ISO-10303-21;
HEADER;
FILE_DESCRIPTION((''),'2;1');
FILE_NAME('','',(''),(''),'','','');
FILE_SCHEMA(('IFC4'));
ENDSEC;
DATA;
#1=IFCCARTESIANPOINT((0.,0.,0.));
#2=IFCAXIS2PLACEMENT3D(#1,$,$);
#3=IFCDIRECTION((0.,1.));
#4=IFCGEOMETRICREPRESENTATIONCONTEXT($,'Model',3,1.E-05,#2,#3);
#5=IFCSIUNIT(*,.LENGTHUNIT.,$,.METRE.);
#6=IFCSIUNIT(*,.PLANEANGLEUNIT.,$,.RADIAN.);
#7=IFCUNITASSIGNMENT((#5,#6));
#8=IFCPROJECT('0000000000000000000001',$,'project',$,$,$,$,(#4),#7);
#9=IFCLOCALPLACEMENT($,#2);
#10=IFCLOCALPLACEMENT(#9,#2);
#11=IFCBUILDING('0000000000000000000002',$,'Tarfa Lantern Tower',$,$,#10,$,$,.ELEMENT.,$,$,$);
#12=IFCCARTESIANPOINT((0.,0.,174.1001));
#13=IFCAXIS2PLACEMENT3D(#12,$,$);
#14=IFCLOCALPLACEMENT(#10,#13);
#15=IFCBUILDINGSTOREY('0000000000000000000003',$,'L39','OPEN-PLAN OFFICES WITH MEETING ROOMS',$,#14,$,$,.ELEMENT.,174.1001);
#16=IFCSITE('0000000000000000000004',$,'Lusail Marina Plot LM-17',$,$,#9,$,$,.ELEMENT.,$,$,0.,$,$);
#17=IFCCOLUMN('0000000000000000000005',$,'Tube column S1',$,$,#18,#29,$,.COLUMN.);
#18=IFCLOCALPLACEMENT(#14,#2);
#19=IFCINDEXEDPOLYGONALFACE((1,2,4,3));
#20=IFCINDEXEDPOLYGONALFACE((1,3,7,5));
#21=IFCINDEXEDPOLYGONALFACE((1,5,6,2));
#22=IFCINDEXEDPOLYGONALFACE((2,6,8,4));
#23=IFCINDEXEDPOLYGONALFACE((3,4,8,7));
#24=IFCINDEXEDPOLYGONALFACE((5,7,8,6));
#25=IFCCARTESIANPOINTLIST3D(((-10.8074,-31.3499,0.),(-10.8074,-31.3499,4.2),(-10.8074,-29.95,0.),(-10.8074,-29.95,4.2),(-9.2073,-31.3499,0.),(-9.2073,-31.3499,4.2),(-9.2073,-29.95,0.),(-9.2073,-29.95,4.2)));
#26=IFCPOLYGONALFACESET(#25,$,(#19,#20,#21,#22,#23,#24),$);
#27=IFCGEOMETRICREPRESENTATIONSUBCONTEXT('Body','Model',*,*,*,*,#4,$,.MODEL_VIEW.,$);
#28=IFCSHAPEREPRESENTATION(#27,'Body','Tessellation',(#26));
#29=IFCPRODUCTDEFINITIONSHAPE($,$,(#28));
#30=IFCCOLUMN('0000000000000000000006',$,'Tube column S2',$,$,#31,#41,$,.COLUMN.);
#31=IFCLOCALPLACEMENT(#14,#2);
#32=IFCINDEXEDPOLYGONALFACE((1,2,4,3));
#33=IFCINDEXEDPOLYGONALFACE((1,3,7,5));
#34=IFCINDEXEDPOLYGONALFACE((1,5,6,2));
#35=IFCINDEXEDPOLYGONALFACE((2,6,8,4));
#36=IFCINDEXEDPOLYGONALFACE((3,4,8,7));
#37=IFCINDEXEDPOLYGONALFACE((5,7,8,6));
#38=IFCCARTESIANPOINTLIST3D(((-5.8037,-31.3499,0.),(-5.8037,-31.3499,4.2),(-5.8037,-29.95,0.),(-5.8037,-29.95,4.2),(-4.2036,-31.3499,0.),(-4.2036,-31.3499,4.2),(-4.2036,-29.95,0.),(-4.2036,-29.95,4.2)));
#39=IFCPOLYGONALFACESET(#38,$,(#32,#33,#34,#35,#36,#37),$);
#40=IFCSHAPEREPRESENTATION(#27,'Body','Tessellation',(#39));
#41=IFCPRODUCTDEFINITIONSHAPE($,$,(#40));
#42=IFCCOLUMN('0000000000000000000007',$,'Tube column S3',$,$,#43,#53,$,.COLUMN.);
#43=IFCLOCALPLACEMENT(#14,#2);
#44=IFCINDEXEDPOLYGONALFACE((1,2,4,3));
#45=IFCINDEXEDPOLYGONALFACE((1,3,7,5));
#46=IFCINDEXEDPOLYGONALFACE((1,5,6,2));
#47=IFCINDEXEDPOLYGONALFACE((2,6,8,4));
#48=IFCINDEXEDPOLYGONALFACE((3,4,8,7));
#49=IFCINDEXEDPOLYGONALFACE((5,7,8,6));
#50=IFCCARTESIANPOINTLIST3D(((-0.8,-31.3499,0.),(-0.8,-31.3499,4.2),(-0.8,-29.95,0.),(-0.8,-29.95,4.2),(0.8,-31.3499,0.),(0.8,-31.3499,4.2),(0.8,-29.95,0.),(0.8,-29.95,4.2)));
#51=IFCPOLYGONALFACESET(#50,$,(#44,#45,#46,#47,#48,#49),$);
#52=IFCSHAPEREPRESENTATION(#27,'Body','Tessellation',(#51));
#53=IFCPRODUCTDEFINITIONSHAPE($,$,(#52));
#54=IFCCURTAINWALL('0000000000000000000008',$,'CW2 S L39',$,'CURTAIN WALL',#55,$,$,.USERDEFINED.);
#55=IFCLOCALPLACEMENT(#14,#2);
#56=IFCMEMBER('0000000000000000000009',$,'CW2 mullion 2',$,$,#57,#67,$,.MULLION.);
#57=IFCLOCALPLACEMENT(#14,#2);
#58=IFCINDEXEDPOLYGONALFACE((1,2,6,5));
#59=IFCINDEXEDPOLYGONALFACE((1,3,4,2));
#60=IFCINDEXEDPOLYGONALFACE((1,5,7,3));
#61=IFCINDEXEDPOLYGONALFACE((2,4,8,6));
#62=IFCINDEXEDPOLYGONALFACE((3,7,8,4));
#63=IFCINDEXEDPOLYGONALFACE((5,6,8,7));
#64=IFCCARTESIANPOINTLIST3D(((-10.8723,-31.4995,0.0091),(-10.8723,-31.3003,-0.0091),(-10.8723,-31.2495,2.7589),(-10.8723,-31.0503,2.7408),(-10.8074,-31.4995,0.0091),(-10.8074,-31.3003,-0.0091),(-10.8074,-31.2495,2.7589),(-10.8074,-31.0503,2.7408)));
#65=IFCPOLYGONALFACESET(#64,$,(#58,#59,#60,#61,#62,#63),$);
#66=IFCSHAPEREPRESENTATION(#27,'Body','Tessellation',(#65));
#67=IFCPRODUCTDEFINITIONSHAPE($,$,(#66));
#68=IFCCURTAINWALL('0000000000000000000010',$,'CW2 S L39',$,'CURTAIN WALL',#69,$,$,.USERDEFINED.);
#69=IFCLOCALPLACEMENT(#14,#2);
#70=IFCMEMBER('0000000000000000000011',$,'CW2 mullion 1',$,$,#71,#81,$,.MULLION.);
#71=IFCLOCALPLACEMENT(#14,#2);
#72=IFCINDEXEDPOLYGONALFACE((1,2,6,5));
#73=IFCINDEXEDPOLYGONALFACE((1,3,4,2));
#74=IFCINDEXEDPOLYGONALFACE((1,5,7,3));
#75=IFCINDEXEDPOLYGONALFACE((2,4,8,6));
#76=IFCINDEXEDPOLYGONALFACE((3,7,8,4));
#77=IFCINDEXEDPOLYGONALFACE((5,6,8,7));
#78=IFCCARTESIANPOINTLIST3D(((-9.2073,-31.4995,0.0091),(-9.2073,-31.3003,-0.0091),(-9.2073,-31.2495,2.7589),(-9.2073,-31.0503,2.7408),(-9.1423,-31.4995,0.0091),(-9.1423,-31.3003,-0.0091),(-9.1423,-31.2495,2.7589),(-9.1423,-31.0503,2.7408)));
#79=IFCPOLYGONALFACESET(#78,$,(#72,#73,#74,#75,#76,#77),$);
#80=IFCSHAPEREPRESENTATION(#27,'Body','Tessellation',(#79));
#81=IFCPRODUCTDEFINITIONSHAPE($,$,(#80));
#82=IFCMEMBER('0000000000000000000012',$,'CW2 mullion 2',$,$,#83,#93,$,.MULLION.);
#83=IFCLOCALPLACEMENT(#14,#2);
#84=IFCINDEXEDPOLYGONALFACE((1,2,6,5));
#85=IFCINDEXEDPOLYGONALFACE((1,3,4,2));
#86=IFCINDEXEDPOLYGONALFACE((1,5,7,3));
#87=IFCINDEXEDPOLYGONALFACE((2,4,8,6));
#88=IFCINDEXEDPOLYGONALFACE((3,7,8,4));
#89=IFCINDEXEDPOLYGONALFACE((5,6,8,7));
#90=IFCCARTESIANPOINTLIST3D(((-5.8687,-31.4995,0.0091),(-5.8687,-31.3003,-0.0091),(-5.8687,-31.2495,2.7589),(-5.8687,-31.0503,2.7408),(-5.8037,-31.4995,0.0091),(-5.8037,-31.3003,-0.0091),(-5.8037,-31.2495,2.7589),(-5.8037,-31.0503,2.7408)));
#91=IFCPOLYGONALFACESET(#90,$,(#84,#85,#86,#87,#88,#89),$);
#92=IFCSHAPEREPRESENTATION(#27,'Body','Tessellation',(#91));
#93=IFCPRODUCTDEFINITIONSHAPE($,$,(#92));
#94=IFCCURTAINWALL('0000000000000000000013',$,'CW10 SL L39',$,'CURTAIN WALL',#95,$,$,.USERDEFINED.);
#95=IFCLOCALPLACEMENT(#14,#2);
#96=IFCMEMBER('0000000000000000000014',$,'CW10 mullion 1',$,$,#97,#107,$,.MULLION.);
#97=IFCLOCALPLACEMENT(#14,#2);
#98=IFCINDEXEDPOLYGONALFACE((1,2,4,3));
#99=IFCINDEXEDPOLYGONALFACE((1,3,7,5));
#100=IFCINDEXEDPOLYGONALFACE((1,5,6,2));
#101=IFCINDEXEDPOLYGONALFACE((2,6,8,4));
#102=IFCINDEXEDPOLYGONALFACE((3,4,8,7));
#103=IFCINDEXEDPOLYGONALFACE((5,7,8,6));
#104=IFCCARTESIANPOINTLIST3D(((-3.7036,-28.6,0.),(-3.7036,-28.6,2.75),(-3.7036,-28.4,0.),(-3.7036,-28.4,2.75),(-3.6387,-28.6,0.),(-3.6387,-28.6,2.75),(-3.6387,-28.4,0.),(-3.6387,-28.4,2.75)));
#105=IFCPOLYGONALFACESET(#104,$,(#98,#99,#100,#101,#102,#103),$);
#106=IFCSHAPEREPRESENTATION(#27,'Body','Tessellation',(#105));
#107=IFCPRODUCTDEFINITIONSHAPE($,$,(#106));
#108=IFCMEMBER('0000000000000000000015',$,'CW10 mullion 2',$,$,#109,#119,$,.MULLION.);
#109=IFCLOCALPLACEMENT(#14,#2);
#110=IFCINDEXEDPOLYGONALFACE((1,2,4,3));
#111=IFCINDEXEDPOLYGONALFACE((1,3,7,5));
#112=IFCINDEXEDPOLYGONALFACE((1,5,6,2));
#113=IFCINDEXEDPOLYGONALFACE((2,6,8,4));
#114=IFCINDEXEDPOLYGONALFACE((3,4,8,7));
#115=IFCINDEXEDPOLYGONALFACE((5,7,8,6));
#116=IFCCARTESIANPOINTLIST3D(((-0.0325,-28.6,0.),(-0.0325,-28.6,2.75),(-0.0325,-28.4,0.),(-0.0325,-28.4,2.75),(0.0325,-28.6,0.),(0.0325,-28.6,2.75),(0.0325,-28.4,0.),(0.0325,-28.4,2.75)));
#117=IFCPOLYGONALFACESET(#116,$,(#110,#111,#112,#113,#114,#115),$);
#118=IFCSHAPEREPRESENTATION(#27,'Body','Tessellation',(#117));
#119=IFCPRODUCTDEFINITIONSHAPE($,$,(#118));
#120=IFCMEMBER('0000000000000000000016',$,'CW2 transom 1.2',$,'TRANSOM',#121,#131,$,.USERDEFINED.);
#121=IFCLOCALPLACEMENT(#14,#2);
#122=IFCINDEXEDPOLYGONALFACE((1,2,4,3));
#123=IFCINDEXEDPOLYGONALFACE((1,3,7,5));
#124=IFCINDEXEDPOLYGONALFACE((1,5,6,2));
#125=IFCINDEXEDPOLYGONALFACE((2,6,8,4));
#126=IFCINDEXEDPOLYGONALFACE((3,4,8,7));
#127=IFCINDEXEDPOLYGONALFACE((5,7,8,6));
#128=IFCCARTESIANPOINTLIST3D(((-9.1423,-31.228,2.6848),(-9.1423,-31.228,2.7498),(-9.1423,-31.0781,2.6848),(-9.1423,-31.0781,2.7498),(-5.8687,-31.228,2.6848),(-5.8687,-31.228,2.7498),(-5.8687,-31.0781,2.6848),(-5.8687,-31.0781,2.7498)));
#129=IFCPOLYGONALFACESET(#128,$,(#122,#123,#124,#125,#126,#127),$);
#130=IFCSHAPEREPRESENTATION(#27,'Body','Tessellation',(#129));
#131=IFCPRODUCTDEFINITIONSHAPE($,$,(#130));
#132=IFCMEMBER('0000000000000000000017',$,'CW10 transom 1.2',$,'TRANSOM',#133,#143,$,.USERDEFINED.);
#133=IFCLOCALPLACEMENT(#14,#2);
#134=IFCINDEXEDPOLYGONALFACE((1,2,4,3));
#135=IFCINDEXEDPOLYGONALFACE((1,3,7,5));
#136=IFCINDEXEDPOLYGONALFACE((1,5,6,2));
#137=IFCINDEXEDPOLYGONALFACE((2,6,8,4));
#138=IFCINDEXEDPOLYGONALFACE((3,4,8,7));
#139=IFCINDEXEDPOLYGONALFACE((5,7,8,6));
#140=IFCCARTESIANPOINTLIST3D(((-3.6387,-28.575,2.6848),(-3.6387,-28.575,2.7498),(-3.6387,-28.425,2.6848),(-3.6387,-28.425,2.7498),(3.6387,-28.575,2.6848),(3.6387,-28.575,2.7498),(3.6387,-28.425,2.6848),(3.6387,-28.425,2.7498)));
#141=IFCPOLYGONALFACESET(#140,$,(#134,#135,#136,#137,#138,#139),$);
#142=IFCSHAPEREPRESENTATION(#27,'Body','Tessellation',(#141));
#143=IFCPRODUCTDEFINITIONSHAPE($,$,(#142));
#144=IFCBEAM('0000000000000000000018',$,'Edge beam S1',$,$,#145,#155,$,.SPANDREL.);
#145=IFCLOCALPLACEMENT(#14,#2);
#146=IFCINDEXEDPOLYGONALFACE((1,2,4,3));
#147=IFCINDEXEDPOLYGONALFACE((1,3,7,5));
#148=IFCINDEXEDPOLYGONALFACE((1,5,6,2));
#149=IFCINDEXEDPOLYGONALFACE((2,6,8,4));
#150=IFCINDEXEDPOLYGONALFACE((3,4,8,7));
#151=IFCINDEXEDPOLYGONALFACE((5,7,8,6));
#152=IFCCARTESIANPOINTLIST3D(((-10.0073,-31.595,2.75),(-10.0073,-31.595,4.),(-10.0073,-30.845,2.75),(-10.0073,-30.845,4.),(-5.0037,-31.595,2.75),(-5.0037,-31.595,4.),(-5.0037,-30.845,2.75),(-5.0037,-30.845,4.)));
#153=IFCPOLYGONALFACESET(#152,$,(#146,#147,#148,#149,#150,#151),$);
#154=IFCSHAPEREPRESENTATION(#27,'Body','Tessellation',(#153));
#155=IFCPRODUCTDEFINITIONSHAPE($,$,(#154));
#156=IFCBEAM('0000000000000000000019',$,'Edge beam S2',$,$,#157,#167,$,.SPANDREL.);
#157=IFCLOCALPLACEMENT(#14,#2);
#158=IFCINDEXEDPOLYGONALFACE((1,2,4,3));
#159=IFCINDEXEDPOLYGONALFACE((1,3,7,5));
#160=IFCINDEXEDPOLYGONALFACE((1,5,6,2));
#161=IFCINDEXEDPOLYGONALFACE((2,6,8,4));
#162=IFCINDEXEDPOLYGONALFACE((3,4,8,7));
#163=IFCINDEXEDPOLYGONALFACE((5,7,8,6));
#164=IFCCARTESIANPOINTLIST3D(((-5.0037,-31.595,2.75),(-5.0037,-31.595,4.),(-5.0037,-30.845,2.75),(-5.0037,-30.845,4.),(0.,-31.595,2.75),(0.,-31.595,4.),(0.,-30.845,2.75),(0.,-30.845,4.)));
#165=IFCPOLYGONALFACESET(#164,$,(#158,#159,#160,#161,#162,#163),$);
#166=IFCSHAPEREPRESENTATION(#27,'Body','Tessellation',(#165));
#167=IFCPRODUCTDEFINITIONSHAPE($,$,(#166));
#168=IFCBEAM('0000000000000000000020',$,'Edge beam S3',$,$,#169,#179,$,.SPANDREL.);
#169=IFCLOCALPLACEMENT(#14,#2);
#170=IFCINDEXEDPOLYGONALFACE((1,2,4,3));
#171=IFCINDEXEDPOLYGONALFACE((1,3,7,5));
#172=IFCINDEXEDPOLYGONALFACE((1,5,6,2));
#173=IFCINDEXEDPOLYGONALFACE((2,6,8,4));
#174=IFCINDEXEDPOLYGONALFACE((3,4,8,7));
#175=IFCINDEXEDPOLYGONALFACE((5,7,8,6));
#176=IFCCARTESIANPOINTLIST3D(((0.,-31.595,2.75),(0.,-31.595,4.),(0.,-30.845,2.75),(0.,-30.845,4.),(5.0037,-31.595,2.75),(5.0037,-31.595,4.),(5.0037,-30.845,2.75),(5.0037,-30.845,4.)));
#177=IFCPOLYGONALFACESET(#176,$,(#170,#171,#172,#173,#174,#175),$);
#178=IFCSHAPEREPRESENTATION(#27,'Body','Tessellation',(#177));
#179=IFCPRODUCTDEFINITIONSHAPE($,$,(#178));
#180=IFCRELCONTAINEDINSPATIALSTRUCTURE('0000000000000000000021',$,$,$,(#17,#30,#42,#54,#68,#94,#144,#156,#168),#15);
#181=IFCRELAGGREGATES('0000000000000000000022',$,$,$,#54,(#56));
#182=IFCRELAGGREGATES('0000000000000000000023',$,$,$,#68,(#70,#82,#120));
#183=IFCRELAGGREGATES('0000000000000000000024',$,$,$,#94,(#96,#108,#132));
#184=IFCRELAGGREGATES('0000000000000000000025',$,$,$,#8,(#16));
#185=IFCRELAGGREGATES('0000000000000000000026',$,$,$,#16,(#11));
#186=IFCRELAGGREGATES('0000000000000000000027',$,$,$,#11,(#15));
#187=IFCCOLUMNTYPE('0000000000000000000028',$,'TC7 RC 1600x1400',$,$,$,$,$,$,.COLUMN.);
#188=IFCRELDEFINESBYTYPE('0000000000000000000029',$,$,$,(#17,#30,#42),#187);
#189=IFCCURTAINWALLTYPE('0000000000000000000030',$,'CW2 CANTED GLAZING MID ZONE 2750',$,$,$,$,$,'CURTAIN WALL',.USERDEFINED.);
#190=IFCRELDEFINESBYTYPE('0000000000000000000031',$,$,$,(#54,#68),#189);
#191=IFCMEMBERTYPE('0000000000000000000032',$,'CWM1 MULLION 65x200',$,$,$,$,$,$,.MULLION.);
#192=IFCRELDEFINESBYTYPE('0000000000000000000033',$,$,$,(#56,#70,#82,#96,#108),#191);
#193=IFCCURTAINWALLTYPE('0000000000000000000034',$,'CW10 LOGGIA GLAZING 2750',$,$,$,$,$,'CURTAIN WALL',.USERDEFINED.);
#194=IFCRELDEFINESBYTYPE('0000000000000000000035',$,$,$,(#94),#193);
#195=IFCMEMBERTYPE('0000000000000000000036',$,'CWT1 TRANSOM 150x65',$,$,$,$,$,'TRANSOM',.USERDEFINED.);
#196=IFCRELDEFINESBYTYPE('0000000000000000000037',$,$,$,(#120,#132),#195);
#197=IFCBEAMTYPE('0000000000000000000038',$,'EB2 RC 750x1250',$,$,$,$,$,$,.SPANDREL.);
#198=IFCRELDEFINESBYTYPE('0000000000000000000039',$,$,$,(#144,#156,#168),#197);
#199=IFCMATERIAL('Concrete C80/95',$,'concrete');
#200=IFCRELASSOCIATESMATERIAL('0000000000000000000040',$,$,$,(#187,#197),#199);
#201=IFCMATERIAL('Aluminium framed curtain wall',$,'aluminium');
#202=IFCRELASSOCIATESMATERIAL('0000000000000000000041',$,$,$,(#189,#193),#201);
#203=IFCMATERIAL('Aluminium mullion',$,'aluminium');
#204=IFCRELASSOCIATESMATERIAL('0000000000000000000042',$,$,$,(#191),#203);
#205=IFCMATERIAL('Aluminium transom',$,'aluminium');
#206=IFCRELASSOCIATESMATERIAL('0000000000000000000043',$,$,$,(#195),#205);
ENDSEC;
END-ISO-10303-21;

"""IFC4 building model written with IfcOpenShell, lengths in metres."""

from ifc_helpers import new_model, si_unit, direction, frame, origin, origin_2d, place, context, subcontext, project, spatial, rectangle, extrude, material, material_profile, profile_set, type_object, element, aggregate, save


model = new_model("IFC4")

# Units and contexts
model_context = context("Model", 3, precision=1e-05, world=origin(), true_north=direction((0.0, 1.0)))
body_context = subcontext(model_context, "Body", "Model", "MODEL_VIEW")
ifc_project = project(units=[si_unit("LENGTHUNIT", "METRE"), si_unit("PLANEANGLEUNIT", "RADIAN")], contexts=[model_context])

# Site, building, storey
site_placement = place(None, origin())
site = spatial("IfcSite", under=ifc_project, at=site_placement, Name="Lusail Marina Plot LM-17", CompositionType="ELEMENT", RefElevation=0.0)
building_placement = place(site_placement, origin())
building = spatial("IfcBuilding", under=site, at=building_placement, Name="Tarfa Lantern Tower", CompositionType="ELEMENT")
storey_placement = place(building_placement, frame((0.0, 0.0, 174.1001)))
storey = spatial("IfcBuildingStorey", under=building, at=storey_placement, Name="L39", Description="OPEN-PLAN OFFICES WITH MEETING ROOMS", CompositionType="ELEMENT", Elevation=174.1001)

# Columns
ifc_material_1 = material(Name="Concrete C80/95", Category="concrete")
ifc_material_profile_1 = material_profile(ifc_material_1, rectangle(XDim=1.6001, YDim=1.3999, at=origin_2d()), Name="RC 1600x1400")
ifc_profile_set_1 = profile_set([ifc_material_profile_1], Name="Concrete C80/95")
column_type = type_object("IfcColumnType", Name="TC7 RC 1600x1400", PredefinedType="COLUMN", material=ifc_profile_set_1)
for number, where, z_axis, x_axis, name in (
    (1, (-10.0073, -30.6499, 0.0), (0.0, 0.0, 1.0), (1.0, 0.0, 0.0), "Tube column S1"),
    (2, (-5.0037, -30.6499, 0.0), (0.0, 0.0, 1.0), (1.0, 0.0, 0.0), "Tube column S2"),
    (3, (0.0, -30.6499, 0.0), (0.0, 0.0, 1.0), (1.0, 0.0, 0.0), "Tube column S3"),
):
    element("IfcColumn", number, at=place(storey_placement, frame(where, z_axis=z_axis, x_axis=x_axis)), inside=storey, type_object=column_type, Name=name, PredefinedType="COLUMN", context=body_context, shape_type="SweptSolid", body=[
        extrude(rectangle(XDim=1.6001, YDim=1.3999, at=origin_2d()), origin(), (0.0, 0.0, 1.0), 4.2),
    ])

# Curtain wall, member
ifc_material_2 = material(Name="Aluminium framed curtain wall", Category="aluminium")
curtain_wall_type_1 = type_object("IfcCurtainWallType", Name="CW2 CANTED GLAZING MID ZONE 2750", ElementType="CURTAIN WALL", PredefinedType="USERDEFINED", material=ifc_material_2)
curtain_wall_1_placement = place(storey_placement, origin())
curtain_wall_1 = element("IfcCurtainWall", 4, at=curtain_wall_1_placement, inside=storey, type_object=curtain_wall_type_1, Name="CW2 S L39", ObjectType="CURTAIN WALL", PredefinedType="USERDEFINED")
ifc_material_3 = material(Name="Aluminium mullion", Category="aluminium")
ifc_material_profile_2 = material_profile(ifc_material_3, rectangle(XDim=0.0649, YDim=0.2, at=origin_2d()), Name="AL MULLION 65x200")
ifc_profile_set_2 = profile_set([ifc_material_profile_2], Name="Aluminium mullion")
member_type_1 = type_object("IfcMemberType", Name="CWM1 MULLION 65x200", PredefinedType="MULLION", material=ifc_profile_set_2)
member_1_placement = place(storey_placement, frame((-10.8398, -31.3999, 0.0), z_axis=(0.0, 0.090536, 0.995893), x_axis=(-1.0, 0.0, 0.0)))
member_1 = element("IfcMember", 5, at=member_1_placement, type_object=member_type_1, Name="CW2 mullion 2", PredefinedType="MULLION", context=body_context, shape_type="SweptSolid", body=[
    extrude(rectangle(XDim=0.0649, YDim=0.2, at=origin_2d()), origin(), (0.0, 0.0, 1.0), 2.7612),
])
aggregate(curtain_wall_1, [member_1])

# Curtain walls, members
curtain_wall_2_placement = place(storey_placement, origin())
curtain_wall_2 = element("IfcCurtainWall", 6, at=curtain_wall_2_placement, inside=storey, type_object=curtain_wall_type_1, Name="CW2 S L39", ObjectType="CURTAIN WALL", PredefinedType="USERDEFINED")
member_2_placement = place(storey_placement, frame((-9.1748, -31.3999, 0.0), z_axis=(0.0, 0.090536, 0.995893), x_axis=(-1.0, 0.0, 0.0)))
member_2 = element("IfcMember", 7, at=member_2_placement, type_object=member_type_1, Name="CW2 mullion 1", PredefinedType="MULLION", context=body_context, shape_type="SweptSolid", body=[
    extrude(rectangle(XDim=0.0649, YDim=0.2, at=origin_2d()), origin(), (0.0, 0.0, 1.0), 2.7612),
])
member_3_placement = place(storey_placement, frame((-5.8362, -31.3999, 0.0), z_axis=(0.0, 0.090536, 0.995893), x_axis=(-1.0, 0.0, 0.0)))
member_3 = element("IfcMember", 8, at=member_3_placement, type_object=member_type_1, Name="CW2 mullion 2", PredefinedType="MULLION", context=body_context, shape_type="SweptSolid", body=[
    extrude(rectangle(XDim=0.0649, YDim=0.2, at=origin_2d()), origin(), (0.0, 0.0, 1.0), 2.7612),
])
curtain_wall_type_2 = type_object("IfcCurtainWallType", Name="CW10 LOGGIA GLAZING 2750", ElementType="CURTAIN WALL", PredefinedType="USERDEFINED", material=ifc_material_2)
curtain_wall_3_placement = place(storey_placement, origin())
curtain_wall_3 = element("IfcCurtainWall", 9, at=curtain_wall_3_placement, inside=storey, type_object=curtain_wall_type_2, Name="CW10 SL L39", ObjectType="CURTAIN WALL", PredefinedType="USERDEFINED")
member_4_placement = place(storey_placement, frame((-3.6711, -28.5, 0.0), z_axis=(0.0, 0.0, 1.0), x_axis=(1.0, 0.0, 0.0)))
member_4 = element("IfcMember", 10, at=member_4_placement, type_object=member_type_1, Name="CW10 mullion 1", PredefinedType="MULLION", context=body_context, shape_type="SweptSolid", body=[
    extrude(rectangle(XDim=0.0649, YDim=0.2, at=origin_2d()), origin(), (0.0, 0.0, 1.0), 2.75),
])
member_5_placement = place(storey_placement, frame((0.0, -28.5, 0.0), z_axis=(0.0, 0.0, 1.0), x_axis=(1.0, 0.0, 0.0)))
member_5 = element("IfcMember", 11, at=member_5_placement, type_object=member_type_1, Name="CW10 mullion 2", PredefinedType="MULLION", context=body_context, shape_type="SweptSolid", body=[
    extrude(rectangle(XDim=0.0649, YDim=0.2, at=origin_2d()), origin(), (0.0, 0.0, 1.0), 2.75),
])

# Members
ifc_material_4 = material(Name="Aluminium transom", Category="aluminium")
ifc_material_profile_3 = material_profile(ifc_material_4, rectangle(XDim=0.1499, YDim=0.0649, at=origin_2d()), Name="AL TRANSOM 150x65")
ifc_profile_set_3 = profile_set([ifc_material_profile_3], Name="Aluminium transom")
member_type_2 = type_object("IfcMemberType", Name="CWT1 TRANSOM 150x65", ElementType="TRANSOM", PredefinedType="USERDEFINED", material=ifc_profile_set_3)
member_6_placement = place(storey_placement, frame((-9.1423, -31.1531, 2.7173), z_axis=(1.0, 0.0, 0.0), x_axis=(0.0, 1.0, 0.0)))
member_6 = element("IfcMember", 12, at=member_6_placement, type_object=member_type_2, Name="CW2 transom 1.2", ObjectType="TRANSOM", PredefinedType="USERDEFINED", context=body_context, shape_type="SweptSolid", body=[
    extrude(rectangle(XDim=0.1499, YDim=0.0649, at=origin_2d()), origin(), (0.0, 0.0, 1.0), 3.2737),
])
member_7_placement = place(storey_placement, frame((-3.6387, -28.5, 2.7173), z_axis=(1.0, 0.0, 0.0), x_axis=(0.0, 1.0, 0.0)))
member_7 = element("IfcMember", 13, at=member_7_placement, type_object=member_type_2, Name="CW10 transom 1.2", ObjectType="TRANSOM", PredefinedType="USERDEFINED", context=body_context, shape_type="SweptSolid", body=[
    extrude(rectangle(XDim=0.1499, YDim=0.0649, at=origin_2d()), origin(), (0.0, 0.0, 1.0), 7.2773),
])

# Beams
ifc_material_profile_4 = material_profile(ifc_material_1, rectangle(XDim=0.75, YDim=1.25, at=origin_2d()), Name="RC 750x1250")
ifc_profile_set_4 = profile_set([ifc_material_profile_4], Name="Concrete C80/95")
beam_type_1 = type_object("IfcBeamType", Name="EB2 RC 750x1250", PredefinedType="SPANDREL", material=ifc_profile_set_4)
for number, where, z_axis, x_axis, name in (
    (14, (-10.0073, -31.22, 3.375), (1.0, 0.0, 0.0), (0.0, 1.0, 0.0), "Edge beam S1"),
    (15, (-5.0037, -31.22, 3.375), (1.0, 0.0, 0.0), (0.0, 1.0, 0.0), "Edge beam S2"),
    (16, (0.0, -31.22, 3.375), (1.0, 0.0, 0.0), (0.0, 1.0, 0.0), "Edge beam S3"),
):
    element("IfcBeam", number, at=place(storey_placement, frame(where, z_axis=z_axis, x_axis=x_axis)), inside=storey, type_object=beam_type_1, Name=name, PredefinedType="SPANDREL", context=body_context, shape_type="SweptSolid", body=[
        extrude(rectangle(XDim=0.75, YDim=1.25, at=origin_2d()), origin(), (0.0, 0.0, 1.0), 5.0037),
    ])

aggregate(curtain_wall_2, [member_2, member_3, member_6])
aggregate(curtain_wall_3, [member_4, member_5, member_7])

save(model, "model.ifc")
